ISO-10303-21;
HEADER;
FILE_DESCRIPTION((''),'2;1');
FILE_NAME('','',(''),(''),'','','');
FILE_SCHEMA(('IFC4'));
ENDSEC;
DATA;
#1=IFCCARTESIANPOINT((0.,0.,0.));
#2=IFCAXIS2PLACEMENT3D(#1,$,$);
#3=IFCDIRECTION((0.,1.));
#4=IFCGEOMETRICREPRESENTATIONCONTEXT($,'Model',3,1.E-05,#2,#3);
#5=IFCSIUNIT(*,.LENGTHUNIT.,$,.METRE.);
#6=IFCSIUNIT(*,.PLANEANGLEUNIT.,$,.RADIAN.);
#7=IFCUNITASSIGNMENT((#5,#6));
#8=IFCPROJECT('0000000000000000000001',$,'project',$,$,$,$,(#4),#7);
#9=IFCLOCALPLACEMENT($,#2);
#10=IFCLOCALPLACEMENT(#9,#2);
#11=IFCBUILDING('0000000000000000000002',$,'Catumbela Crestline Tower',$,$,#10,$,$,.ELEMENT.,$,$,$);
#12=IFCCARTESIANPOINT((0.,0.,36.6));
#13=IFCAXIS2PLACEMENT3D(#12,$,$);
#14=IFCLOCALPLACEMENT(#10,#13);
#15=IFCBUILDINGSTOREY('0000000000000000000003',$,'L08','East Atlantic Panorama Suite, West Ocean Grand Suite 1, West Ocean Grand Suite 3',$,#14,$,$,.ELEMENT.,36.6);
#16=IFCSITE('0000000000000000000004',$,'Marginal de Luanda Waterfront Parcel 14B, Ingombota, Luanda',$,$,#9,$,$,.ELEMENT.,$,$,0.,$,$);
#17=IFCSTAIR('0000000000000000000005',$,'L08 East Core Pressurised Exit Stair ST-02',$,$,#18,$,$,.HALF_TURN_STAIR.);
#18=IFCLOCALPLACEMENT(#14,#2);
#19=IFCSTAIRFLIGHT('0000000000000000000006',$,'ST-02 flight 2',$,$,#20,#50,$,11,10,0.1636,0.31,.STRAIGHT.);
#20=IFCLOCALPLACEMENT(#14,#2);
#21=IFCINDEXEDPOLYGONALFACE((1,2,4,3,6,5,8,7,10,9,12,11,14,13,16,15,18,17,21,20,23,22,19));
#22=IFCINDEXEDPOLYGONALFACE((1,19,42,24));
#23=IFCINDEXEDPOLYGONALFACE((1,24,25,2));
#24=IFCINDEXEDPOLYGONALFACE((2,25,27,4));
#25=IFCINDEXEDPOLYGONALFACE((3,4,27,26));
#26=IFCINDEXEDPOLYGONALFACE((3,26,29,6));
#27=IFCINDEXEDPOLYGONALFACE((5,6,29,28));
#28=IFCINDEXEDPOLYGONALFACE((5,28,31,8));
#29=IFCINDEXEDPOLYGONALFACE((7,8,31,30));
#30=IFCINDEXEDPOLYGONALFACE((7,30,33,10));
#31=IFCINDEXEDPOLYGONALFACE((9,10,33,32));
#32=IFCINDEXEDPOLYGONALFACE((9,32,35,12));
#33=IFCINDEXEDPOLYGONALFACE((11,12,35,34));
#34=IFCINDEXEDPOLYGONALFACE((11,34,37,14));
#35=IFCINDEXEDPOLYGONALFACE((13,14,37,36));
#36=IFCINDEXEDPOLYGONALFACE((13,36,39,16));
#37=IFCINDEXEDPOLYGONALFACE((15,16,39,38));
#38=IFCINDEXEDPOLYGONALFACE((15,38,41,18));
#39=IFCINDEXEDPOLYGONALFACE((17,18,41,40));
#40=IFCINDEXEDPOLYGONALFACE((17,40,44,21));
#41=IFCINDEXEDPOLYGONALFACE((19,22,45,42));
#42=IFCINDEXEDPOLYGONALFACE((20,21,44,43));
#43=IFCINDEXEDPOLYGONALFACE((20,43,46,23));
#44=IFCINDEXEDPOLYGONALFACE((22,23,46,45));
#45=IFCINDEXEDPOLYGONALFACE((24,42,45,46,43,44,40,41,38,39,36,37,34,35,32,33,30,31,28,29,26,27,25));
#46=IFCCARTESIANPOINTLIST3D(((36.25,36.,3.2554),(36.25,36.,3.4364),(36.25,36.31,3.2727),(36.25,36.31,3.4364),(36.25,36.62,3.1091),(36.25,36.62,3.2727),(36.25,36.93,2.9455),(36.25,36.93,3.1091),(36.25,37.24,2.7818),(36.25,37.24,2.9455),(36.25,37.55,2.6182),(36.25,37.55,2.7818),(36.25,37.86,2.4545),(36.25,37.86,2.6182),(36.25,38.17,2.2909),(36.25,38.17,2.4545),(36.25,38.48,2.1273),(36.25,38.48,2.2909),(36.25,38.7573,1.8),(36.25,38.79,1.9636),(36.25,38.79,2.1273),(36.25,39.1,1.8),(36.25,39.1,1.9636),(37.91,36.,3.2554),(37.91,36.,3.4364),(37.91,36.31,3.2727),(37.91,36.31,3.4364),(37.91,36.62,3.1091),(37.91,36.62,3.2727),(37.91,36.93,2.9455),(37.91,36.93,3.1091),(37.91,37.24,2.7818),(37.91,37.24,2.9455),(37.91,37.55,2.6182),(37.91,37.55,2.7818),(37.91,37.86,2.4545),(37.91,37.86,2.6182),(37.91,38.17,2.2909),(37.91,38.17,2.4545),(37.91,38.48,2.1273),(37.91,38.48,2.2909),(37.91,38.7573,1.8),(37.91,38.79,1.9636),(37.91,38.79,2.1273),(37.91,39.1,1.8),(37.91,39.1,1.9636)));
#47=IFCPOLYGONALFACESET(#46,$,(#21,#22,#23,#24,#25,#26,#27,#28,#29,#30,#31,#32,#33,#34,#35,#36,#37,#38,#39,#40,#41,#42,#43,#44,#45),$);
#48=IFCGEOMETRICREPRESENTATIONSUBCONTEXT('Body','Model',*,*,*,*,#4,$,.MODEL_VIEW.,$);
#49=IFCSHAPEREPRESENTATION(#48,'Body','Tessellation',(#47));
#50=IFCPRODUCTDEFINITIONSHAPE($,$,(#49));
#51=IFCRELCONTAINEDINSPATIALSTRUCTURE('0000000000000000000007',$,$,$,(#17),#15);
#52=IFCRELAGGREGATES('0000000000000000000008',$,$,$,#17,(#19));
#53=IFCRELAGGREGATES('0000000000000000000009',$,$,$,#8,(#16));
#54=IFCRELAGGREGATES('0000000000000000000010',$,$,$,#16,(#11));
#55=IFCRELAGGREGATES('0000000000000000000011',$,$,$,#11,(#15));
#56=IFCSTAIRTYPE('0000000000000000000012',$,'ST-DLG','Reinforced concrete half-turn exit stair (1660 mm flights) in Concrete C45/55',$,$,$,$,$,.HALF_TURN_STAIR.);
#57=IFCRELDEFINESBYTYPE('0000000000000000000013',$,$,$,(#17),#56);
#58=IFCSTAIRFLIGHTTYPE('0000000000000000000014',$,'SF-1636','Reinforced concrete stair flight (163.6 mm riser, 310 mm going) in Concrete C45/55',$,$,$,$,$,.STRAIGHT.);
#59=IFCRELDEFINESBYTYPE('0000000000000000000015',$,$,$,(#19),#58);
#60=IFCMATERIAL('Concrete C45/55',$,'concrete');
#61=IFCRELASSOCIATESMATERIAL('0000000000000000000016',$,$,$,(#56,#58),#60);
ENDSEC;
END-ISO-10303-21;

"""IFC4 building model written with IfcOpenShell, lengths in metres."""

from ifc_helpers import new_model, si_unit, direction, frame, origin, place, context, subcontext, project, spatial, polyline, outline, extrude, material, type_object, element, aggregate, save


model = new_model("IFC4")

# Units and contexts
model_context = context("Model", 3, precision=1e-05, world=origin(), true_north=direction((0.0, 1.0)))
body_context = subcontext(model_context, "Body", "Model", "MODEL_VIEW")
ifc_project = project(units=[si_unit("LENGTHUNIT", "METRE"), si_unit("PLANEANGLEUNIT", "RADIAN")], contexts=[model_context])

# Site, building, storey
site_placement = place(None, origin())
site = spatial("IfcSite", under=ifc_project, at=site_placement, Name="Marginal de Luanda Waterfront Parcel 14B, Ingombota, Luanda", CompositionType="ELEMENT", RefElevation=0.0)
building_placement = place(site_placement, origin())
building = spatial("IfcBuilding", under=site, at=building_placement, Name="Catumbela Crestline Tower", CompositionType="ELEMENT")
storey_placement = place(building_placement, frame((0.0, 0.0, 36.6)))
storey = spatial("IfcBuildingStorey", under=building, at=storey_placement, Name="L08", Description="East Atlantic Panorama Suite, West Ocean Grand Suite 1, West Ocean Grand Suite 3", CompositionType="ELEMENT", Elevation=36.6)

# Stair, stair flight
ifc_material_1 = material(Name="Concrete C45/55", Category="concrete")
stair_type = type_object("IfcStairType", Name="ST-DLG", Description="Reinforced concrete half-turn exit stair (1660 mm flights) in Concrete C45/55", PredefinedType="HALF_TURN_STAIR", material=ifc_material_1)
stair_placement = place(storey_placement, origin())
stair = element("IfcStair", 1, at=stair_placement, inside=storey, type_object=stair_type, Name="L08 East Core Pressurised Exit Stair ST-02", PredefinedType="HALF_TURN_STAIR")
stair_flight_type = type_object("IfcStairFlightType", Name="SF-1636", Description="Reinforced concrete stair flight (163.6 mm riser, 310 mm going) in Concrete C45/55", PredefinedType="STRAIGHT", material=ifc_material_1)
stair_flight_1_placement = place(storey_placement, frame((37.08, 39.1, 1.8), z_axis=(0.0, 0.0, 1.0), x_axis=(0.0, -1.0, 0.0)))
stair_flight_1 = element("IfcStairFlight", 2, at=stair_flight_1_placement, type_object=stair_flight_type, Name="ST-02 flight 2", NumberOfRisers=11, NumberOfTreads=10, PredefinedType="STRAIGHT", RiserHeight=0.1636, TreadLength=0.31, context=body_context, shape_type="SweptSolid", body=[
    extrude(outline(polyline([(0.0, 0.0), (0.0, 0.1636), (0.31, 0.1636), (0.31, 0.3273), (0.62, 0.3273), (0.62, 0.4909), (0.93, 0.4909), (0.93, 0.6545), (1.24, 0.6545), (1.24, 0.8182), (1.55, 0.8182), (1.55, 0.9818), (1.86, 0.9818), (1.86, 1.1455), (2.17, 1.1455), (2.17, 1.3091), (2.48, 1.3091), (2.48, 1.4727), (2.79, 1.4727), (2.79, 1.6364), (3.1, 1.6364), (3.1, 1.8), (3.1, 1.4554), (0.3427, 0.0), (0.0, 0.0)])), frame((0.0, 0.83, 0.0), z_axis=(0.0, -1.0, 0.0), x_axis=(1.0, 0.0, 0.0)), (0.0, 0.0, 1.0), 1.66),
])
aggregate(stair, [stair_flight_1])

save(model, "model.ifc")
